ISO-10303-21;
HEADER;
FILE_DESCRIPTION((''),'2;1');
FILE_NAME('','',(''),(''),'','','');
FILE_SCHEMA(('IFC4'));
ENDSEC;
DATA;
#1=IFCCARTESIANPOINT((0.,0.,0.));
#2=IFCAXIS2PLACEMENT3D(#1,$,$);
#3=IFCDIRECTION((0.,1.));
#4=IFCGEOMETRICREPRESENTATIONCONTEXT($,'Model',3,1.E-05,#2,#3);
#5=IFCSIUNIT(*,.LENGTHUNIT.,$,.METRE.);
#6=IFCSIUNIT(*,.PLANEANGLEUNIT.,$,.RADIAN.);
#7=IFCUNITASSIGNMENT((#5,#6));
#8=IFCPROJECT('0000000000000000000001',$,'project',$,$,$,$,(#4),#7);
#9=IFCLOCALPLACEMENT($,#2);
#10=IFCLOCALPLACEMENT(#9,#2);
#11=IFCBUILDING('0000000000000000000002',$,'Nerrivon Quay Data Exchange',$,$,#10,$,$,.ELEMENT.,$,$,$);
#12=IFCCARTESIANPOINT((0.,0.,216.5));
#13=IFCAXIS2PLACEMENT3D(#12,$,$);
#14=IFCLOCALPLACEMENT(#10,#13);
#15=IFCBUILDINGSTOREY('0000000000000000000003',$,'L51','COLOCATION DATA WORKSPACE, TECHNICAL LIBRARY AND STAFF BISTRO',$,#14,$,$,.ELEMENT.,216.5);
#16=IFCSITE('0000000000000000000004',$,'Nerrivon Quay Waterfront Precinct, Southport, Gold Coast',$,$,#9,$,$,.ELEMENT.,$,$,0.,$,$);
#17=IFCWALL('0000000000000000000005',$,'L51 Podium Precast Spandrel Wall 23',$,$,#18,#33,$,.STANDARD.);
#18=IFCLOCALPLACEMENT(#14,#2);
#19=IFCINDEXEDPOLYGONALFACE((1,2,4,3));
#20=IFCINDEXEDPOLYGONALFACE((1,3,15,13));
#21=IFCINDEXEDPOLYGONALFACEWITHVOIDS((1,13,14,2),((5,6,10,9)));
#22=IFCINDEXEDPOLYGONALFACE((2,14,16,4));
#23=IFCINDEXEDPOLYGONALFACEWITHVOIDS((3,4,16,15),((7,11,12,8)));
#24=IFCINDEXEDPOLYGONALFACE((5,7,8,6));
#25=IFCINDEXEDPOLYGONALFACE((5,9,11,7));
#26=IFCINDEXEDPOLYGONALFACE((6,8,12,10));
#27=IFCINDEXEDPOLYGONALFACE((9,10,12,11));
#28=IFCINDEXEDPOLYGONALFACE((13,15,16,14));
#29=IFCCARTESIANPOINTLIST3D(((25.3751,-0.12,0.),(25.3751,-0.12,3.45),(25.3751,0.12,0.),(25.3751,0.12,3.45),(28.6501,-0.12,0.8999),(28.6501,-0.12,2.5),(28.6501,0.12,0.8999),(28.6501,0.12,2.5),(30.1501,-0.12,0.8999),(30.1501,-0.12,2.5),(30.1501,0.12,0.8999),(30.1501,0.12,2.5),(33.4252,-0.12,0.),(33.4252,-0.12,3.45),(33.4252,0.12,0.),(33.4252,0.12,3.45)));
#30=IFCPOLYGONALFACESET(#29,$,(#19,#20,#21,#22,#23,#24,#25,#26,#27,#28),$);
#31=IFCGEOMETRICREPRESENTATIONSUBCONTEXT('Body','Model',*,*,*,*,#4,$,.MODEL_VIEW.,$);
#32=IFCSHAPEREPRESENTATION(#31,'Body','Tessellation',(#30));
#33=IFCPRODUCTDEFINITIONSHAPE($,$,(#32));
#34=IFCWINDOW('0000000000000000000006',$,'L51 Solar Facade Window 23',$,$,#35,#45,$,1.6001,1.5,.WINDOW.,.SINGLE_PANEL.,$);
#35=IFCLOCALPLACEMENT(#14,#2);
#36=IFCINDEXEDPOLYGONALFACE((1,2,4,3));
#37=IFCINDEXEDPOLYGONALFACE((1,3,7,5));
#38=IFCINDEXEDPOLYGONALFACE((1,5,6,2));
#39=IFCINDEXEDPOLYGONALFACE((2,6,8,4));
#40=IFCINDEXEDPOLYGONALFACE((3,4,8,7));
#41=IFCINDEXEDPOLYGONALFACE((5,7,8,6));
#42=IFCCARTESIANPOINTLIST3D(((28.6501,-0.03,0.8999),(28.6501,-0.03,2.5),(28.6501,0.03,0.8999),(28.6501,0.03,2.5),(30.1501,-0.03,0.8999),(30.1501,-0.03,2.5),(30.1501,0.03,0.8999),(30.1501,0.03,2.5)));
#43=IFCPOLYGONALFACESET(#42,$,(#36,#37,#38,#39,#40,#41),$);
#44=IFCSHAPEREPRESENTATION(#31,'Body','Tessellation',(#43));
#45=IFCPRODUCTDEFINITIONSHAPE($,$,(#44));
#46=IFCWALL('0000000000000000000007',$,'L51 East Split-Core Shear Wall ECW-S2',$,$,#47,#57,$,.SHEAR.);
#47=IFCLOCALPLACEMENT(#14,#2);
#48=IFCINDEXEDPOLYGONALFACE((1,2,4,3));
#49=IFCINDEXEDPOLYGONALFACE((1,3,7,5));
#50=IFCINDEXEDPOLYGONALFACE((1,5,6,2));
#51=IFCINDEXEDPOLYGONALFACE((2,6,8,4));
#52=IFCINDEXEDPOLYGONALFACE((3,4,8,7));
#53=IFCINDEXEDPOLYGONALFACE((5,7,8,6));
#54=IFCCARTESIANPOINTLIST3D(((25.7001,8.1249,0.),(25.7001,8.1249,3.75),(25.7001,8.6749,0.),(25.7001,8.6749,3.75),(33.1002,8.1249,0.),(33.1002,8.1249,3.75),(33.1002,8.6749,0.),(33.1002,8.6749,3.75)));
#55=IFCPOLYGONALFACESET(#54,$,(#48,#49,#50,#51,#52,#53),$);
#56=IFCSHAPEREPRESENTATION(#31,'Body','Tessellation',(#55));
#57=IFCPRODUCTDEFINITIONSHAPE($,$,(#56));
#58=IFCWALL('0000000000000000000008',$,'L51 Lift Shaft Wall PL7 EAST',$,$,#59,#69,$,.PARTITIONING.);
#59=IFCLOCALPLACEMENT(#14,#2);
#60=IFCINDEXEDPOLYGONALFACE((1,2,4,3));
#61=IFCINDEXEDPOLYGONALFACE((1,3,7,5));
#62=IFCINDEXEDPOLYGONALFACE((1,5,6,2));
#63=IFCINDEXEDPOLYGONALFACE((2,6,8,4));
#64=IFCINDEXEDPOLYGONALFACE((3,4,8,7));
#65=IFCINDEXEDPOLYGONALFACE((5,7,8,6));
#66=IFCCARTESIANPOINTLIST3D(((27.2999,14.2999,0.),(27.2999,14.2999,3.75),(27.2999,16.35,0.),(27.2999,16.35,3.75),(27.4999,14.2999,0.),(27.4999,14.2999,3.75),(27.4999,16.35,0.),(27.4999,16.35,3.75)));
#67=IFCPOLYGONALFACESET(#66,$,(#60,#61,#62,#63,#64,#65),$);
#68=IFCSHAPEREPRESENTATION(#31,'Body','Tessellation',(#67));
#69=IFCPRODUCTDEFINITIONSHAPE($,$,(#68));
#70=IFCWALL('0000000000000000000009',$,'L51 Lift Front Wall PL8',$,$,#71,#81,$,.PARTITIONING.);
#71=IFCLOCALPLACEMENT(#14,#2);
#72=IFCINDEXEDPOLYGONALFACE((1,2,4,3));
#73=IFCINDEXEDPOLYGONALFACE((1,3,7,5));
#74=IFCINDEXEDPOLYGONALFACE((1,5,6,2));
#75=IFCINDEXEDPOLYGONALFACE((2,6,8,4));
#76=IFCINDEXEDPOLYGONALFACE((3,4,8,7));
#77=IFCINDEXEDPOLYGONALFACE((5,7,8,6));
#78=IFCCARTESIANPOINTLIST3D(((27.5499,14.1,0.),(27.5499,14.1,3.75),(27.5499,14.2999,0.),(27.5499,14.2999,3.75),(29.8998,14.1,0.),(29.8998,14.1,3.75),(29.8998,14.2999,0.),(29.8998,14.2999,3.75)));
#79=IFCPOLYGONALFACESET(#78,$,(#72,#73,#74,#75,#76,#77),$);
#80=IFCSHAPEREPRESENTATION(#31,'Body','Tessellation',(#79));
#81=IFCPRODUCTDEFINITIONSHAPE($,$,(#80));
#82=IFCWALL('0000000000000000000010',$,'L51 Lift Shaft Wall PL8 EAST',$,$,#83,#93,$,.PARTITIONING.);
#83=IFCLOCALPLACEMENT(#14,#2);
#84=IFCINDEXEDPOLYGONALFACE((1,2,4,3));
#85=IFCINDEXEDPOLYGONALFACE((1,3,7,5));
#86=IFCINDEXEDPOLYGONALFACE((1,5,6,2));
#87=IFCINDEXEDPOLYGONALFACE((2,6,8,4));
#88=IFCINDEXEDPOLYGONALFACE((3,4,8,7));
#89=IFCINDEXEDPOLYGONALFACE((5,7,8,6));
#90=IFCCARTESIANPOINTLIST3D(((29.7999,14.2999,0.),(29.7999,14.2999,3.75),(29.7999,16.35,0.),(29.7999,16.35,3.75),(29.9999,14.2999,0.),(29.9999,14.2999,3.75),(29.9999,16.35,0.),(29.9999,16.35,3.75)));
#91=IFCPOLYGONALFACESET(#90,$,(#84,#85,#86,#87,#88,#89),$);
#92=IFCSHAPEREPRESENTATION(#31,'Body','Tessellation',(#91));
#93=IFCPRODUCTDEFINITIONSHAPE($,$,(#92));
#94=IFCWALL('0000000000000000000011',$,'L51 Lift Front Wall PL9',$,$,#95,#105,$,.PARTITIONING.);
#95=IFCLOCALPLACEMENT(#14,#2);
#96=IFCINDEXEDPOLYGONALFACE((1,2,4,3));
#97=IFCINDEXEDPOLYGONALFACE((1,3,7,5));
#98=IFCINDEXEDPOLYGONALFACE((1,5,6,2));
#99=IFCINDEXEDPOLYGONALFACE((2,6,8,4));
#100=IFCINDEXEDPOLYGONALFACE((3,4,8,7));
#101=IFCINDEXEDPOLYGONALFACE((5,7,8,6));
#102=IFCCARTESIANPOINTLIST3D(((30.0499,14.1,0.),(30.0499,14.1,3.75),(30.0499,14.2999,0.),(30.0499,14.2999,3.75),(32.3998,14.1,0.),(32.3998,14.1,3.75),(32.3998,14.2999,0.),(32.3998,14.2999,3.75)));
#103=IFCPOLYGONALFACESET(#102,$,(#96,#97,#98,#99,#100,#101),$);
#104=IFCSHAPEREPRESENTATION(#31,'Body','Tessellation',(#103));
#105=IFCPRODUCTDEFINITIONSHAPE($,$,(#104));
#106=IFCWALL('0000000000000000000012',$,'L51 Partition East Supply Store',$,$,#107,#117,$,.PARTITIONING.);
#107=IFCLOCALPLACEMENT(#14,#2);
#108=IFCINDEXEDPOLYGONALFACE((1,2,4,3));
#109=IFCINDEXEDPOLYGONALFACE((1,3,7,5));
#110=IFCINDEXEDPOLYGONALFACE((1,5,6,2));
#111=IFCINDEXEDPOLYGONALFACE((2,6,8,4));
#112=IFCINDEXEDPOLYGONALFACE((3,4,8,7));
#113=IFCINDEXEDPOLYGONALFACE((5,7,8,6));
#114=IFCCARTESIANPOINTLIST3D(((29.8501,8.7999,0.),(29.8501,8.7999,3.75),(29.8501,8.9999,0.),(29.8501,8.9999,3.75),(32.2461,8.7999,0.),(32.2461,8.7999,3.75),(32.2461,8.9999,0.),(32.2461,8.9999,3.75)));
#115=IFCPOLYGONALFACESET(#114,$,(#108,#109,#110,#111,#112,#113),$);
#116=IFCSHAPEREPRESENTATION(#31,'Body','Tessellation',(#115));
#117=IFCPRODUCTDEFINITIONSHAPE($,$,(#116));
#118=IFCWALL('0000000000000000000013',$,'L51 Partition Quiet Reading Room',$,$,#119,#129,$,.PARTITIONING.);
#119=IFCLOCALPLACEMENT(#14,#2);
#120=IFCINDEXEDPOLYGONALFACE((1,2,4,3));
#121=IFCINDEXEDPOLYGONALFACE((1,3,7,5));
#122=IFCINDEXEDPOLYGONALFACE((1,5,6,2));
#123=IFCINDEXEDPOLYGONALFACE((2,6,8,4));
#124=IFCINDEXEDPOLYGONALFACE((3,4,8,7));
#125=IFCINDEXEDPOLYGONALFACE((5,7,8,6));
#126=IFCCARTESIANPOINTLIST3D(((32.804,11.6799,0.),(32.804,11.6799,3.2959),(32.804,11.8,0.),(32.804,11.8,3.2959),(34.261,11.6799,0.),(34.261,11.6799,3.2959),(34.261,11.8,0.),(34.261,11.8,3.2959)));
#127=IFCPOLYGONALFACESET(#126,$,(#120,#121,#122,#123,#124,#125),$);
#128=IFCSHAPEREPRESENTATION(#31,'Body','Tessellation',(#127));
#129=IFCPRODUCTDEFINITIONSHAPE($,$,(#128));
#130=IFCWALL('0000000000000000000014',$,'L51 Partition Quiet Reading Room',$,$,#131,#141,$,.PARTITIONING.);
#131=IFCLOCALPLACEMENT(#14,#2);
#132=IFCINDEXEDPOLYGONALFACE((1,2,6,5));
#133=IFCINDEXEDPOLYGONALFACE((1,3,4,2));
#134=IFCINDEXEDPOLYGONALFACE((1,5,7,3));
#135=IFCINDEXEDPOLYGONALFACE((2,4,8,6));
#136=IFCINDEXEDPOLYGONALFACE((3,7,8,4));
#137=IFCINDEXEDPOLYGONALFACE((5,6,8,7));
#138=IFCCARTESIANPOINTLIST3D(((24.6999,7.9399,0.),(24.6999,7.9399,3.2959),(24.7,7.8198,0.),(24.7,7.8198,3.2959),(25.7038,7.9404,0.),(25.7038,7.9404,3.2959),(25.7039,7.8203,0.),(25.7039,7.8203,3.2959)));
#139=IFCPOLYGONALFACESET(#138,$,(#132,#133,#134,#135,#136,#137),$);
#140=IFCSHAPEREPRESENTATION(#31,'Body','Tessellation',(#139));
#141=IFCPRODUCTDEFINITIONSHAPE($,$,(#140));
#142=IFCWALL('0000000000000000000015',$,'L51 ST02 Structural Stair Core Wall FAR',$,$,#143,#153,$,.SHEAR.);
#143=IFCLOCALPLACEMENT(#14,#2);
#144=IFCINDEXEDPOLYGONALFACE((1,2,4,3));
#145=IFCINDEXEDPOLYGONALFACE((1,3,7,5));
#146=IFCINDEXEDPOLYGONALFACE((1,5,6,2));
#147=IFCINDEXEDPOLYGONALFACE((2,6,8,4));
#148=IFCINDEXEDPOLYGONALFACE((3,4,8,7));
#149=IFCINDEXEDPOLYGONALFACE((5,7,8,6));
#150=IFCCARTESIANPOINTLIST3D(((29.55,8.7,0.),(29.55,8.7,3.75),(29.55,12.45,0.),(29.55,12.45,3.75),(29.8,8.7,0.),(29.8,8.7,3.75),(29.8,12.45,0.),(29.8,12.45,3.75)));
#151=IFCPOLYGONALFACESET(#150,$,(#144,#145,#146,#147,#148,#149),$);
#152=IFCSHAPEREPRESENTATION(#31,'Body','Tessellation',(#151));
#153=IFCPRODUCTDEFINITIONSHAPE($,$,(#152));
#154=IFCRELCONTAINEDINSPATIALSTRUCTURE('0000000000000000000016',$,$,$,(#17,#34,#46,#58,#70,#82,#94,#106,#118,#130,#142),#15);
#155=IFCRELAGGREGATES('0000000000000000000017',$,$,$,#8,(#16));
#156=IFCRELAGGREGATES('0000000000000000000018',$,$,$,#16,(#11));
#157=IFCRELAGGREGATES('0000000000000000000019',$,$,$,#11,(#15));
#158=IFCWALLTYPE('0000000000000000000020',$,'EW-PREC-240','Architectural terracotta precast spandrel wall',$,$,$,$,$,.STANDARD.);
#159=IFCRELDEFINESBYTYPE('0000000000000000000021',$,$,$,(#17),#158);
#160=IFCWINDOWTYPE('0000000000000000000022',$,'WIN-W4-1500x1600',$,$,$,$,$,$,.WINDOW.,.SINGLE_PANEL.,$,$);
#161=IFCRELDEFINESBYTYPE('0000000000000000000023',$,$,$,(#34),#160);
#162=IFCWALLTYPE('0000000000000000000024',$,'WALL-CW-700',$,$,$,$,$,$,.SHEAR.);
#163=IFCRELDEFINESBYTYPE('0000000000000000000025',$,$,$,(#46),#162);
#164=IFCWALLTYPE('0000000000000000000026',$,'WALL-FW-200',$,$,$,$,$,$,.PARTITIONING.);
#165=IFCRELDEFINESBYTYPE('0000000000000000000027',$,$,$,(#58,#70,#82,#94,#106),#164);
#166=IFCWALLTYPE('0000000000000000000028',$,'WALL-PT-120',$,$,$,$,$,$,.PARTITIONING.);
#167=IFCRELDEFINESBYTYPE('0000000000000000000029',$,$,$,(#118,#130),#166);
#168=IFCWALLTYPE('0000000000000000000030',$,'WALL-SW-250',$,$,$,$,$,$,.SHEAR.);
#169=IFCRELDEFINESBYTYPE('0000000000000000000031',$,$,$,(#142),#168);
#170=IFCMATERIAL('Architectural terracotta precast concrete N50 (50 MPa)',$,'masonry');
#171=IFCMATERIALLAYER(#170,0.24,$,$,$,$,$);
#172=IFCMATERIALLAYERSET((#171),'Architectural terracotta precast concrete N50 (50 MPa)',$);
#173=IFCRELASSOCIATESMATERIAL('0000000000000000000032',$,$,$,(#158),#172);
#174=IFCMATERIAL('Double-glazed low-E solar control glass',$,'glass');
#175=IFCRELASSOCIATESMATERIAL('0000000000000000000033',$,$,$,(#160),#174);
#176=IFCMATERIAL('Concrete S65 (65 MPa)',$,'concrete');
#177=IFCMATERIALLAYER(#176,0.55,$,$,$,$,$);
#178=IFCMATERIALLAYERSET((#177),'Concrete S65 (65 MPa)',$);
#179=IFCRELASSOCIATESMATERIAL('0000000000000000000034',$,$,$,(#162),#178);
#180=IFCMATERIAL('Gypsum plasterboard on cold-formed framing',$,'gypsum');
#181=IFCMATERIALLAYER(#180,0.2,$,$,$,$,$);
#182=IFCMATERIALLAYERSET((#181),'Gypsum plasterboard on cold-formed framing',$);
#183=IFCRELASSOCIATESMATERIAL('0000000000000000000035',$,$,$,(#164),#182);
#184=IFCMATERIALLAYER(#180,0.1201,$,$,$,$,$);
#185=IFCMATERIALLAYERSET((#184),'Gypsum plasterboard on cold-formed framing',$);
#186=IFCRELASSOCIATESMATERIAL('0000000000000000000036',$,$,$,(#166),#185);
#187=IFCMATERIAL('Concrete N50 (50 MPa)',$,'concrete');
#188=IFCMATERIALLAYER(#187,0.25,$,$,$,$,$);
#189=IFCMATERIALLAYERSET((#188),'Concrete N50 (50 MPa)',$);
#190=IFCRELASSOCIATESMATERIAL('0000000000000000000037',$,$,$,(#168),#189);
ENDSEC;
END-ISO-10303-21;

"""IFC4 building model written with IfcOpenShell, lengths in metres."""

from ifc_helpers import new_model, si_unit, direction, frame, frame_2d, origin, place, context, subcontext, project, spatial, rectangle, extrude, material, layer, layer_set, type_object, element, fill, save


model = new_model("IFC4")

# Units and contexts
model_context = context("Model", 3, precision=1e-05, world=origin(), true_north=direction((0.0, 1.0)))
body_context = subcontext(model_context, "Body", "Model", "MODEL_VIEW")
ifc_project = project(units=[si_unit("LENGTHUNIT", "METRE"), si_unit("PLANEANGLEUNIT", "RADIAN")], contexts=[model_context])

# Site, building, storey
site_placement = place(None, origin())
site = spatial("IfcSite", under=ifc_project, at=site_placement, Name="Nerrivon Quay Waterfront Precinct, Southport, Gold Coast", CompositionType="ELEMENT", RefElevation=0.0)
building_placement = place(site_placement, origin())
building = spatial("IfcBuilding", under=site, at=building_placement, Name="Nerrivon Quay Data Exchange", CompositionType="ELEMENT")
storey_placement = place(building_placement, frame((0.0, 0.0, 216.5)))
storey = spatial("IfcBuildingStorey", under=building, at=storey_placement, Name="L51", Description="COLOCATION DATA WORKSPACE, TECHNICAL LIBRARY AND STAFF BISTRO", CompositionType="ELEMENT", Elevation=216.5)

# Shared definitions
ifc_material_1 = material(Name="Concrete S65 (65 MPa)", Category="concrete")

# Wall, opening, window
ifc_material_2 = material(Name="Architectural terracotta precast concrete N50 (50 MPa)", Category="masonry")
ifc_layer_1 = layer(ifc_material_2, 0.24)
ifc_layer_set_1 = layer_set([ifc_layer_1], Name="Architectural terracotta precast concrete N50 (50 MPa)")
wall_type_1 = type_object("IfcWallType", Name="EW-PREC-240", Description="Architectural terracotta precast spandrel wall", PredefinedType="STANDARD", material=ifc_layer_set_1)
wall_1_placement = place(storey_placement, frame((33.425, 0.0, 0.0), z_axis=(0.0, 0.0, 1.0), x_axis=(-1.0, 0.0, 0.0)))
wall_1 = element("IfcWall", 1, at=wall_1_placement, inside=storey, type_object=wall_type_1, Name="L51 Podium Precast Spandrel Wall 23", PredefinedType="STANDARD", context=body_context, shape_type="SweptSolid", body=[
    extrude(rectangle(XDim=8.05, YDim=0.24, at=frame_2d((4.0249, 0.0))), origin(), (0.0, 0.0, 1.0), 3.45),
])
opening_1_placement = place(wall_1_placement, frame((3.2749, 0.0, 0.8999)))
opening_1 = element("IfcOpeningElement", 2, at=opening_1_placement, cuts=wall_1, PredefinedType="OPENING", context=body_context, shape_type="SweptSolid", body=[
    extrude(rectangle(XDim=1.5, YDim=1.6001, at=frame_2d((0.75, 0.8))), frame((0.0, 0.1299, 0.0), z_axis=(0.0, -1.0, 0.0), x_axis=(1.0, 0.0, 0.0)), (0.0, 0.0, 1.0), 0.26),
])
ifc_material_3 = material(Name="Double-glazed low-E solar control glass", Category="glass")
window_type = type_object("IfcWindowType", Name="WIN-W4-1500x1600", PartitioningType="SINGLE_PANEL", PredefinedType="WINDOW", material=ifc_material_3)
window_placement = place(opening_1_placement, origin())
window = element("IfcWindow", 3, at=window_placement, inside=storey, type_object=window_type, Name="L51 Solar Facade Window 23", OverallHeight=1.6001, OverallWidth=1.5, PartitioningType="SINGLE_PANEL", PredefinedType="WINDOW", context=body_context, shape_type="SweptSolid", body=[
    extrude(rectangle(XDim=1.5, YDim=1.6001, at=frame_2d((0.75, 0.8))), frame((0.0, 0.03, 0.0), z_axis=(0.0, -1.0, 0.0), x_axis=(1.0, 0.0, 0.0)), (0.0, 0.0, 1.0), 0.0601),
])
fill(opening_1, window)

# Wall
ifc_layer_2 = layer(ifc_material_1, 0.55)
ifc_layer_set_2 = layer_set([ifc_layer_2], Name="Concrete S65 (65 MPa)")
wall_type_2 = type_object("IfcWallType", Name="WALL-CW-700", PredefinedType="SHEAR", material=ifc_layer_set_2)
wall_2_placement = place(storey_placement, frame((25.7, 8.3999, 0.0), z_axis=(0.0, 0.0, 1.0), x_axis=(1.0, 0.0, 0.0)))
element("IfcWall", 4, at=wall_2_placement, inside=storey, type_object=wall_type_2, Name="L51 East Split-Core Shear Wall ECW-S2", PredefinedType="SHEAR", context=body_context, shape_type="SweptSolid", body=[
    extrude(rectangle(XDim=7.4001, YDim=0.55, at=frame_2d((3.7002, 0.0))), origin(), (0.0, 0.0, 1.0), 3.75),
])

# Walls
ifc_material_4 = material(Name="Gypsum plasterboard on cold-formed framing", Category="gypsum")
ifc_layer_3 = layer(ifc_material_4, 0.2)
ifc_layer_set_3 = layer_set([ifc_layer_3], Name="Gypsum plasterboard on cold-formed framing")
wall_type_3 = type_object("IfcWallType", Name="WALL-FW-200", PredefinedType="PARTITIONING", material=ifc_layer_set_3)
wall_3_placement = place(storey_placement, frame((27.3999, 14.3, 0.0), z_axis=(0.0, 0.0, 1.0), x_axis=(0.0, 1.0, 0.0)))
element("IfcWall", 5, at=wall_3_placement, inside=storey, type_object=wall_type_3, Name="L51 Lift Shaft Wall PL7 EAST", PredefinedType="PARTITIONING", context=body_context, shape_type="SweptSolid", body=[
    extrude(rectangle(XDim=2.05, YDim=0.2, at=frame_2d((1.0249, 0.0))), origin(), (0.0, 0.0, 1.0), 3.75),
])
wall_4_placement = place(storey_placement, frame((27.55, 14.2, 0.0), z_axis=(0.0, 0.0, 1.0), x_axis=(1.0, 0.0, 0.0)))
element("IfcWall", 6, at=wall_4_placement, inside=storey, type_object=wall_type_3, Name="L51 Lift Front Wall PL8", PredefinedType="PARTITIONING", context=body_context, shape_type="SweptSolid", body=[
    extrude(rectangle(XDim=2.3499, YDim=0.2, at=frame_2d((1.1748, 0.0))), origin(), (0.0, 0.0, 1.0), 3.75),
])
wall_5_placement = place(storey_placement, frame((29.8999, 14.3, 0.0), z_axis=(0.0, 0.0, 1.0), x_axis=(0.0, 1.0, 0.0)))
element("IfcWall", 7, at=wall_5_placement, inside=storey, type_object=wall_type_3, Name="L51 Lift Shaft Wall PL8 EAST", PredefinedType="PARTITIONING", context=body_context, shape_type="SweptSolid", body=[
    extrude(rectangle(XDim=2.05, YDim=0.2, at=frame_2d((1.0249, 0.0))), origin(), (0.0, 0.0, 1.0), 3.75),
])
wall_6_placement = place(storey_placement, frame((30.05, 14.2, 0.0), z_axis=(0.0, 0.0, 1.0), x_axis=(1.0, 0.0, 0.0)))
element("IfcWall", 8, at=wall_6_placement, inside=storey, type_object=wall_type_3, Name="L51 Lift Front Wall PL9", PredefinedType="PARTITIONING", context=body_context, shape_type="SweptSolid", body=[
    extrude(rectangle(XDim=2.3499, YDim=0.2, at=frame_2d((1.1748, 0.0))), origin(), (0.0, 0.0, 1.0), 3.75),
])

# Walls
wall_7_placement = place(storey_placement, frame((29.8501, 8.8999, 0.0), z_axis=(0.0, 0.0, 1.0), x_axis=(1.0, 0.0, 0.0)))
element("IfcWall", 9, at=wall_7_placement, inside=storey, type_object=wall_type_3, Name="L51 Partition East Supply Store", PredefinedType="PARTITIONING", context=body_context, shape_type="SweptSolid", body=[
    extrude(rectangle(XDim=2.396, YDim=0.2, at=frame_2d((1.198, 0.0))), origin(), (0.0, 0.0, 1.0), 3.75),
])
ifc_layer_4 = layer(ifc_material_4, 0.1201)
ifc_layer_set_4 = layer_set([ifc_layer_4], Name="Gypsum plasterboard on cold-formed framing")
wall_type_4 = type_object("IfcWallType", Name="WALL-PT-120", PredefinedType="PARTITIONING", material=ifc_layer_set_4)
wall_8_placement = place(storey_placement, frame((34.261, 11.74, 0.0), z_axis=(0.0, 0.0, 1.0), x_axis=(-1.0, 0.0, 0.0)))
element("IfcWall", 10, at=wall_8_placement, inside=storey, type_object=wall_type_4, Name="L51 Partition Quiet Reading Room", PredefinedType="PARTITIONING", context=body_context, shape_type="SweptSolid", body=[
    extrude(rectangle(XDim=1.457, YDim=0.1201, at=frame_2d((0.7285, 0.0))), origin(), (0.0, 0.0, 1.0), 3.2959),
])
wall_9_placement = place(storey_placement, frame((25.7039, 7.8804, 0.0), z_axis=(0.0, 0.0, 1.0), x_axis=(-1.0, -0.000486, 0.0)))
element("IfcWall", 11, at=wall_9_placement, inside=storey, type_object=wall_type_4, Name="L51 Partition Quiet Reading Room", PredefinedType="PARTITIONING", context=body_context, shape_type="SweptSolid", body=[
    extrude(rectangle(XDim=1.0039, YDim=0.1201, at=frame_2d((0.502, 0.0))), origin(), (0.0, 0.0, 1.0), 3.2959),
])
ifc_material_5 = material(Name="Concrete N50 (50 MPa)", Category="concrete")
ifc_layer_5 = layer(ifc_material_5, 0.25)
ifc_layer_set_5 = layer_set([ifc_layer_5], Name="Concrete N50 (50 MPa)")
wall_type_5 = type_object("IfcWallType", Name="WALL-SW-250", PredefinedType="SHEAR", material=ifc_layer_set_5)
wall_10_placement = place(storey_placement, frame((29.675, 8.7, 0.0), z_axis=(0.0, 0.0, 1.0), x_axis=(0.0, 1.0, 0.0)))
element("IfcWall", 12, at=wall_10_placement, inside=storey, type_object=wall_type_5, Name="L51 ST02 Structural Stair Core Wall FAR", PredefinedType="SHEAR", context=body_context, shape_type="SweptSolid", body=[
    extrude(rectangle(XDim=3.75, YDim=0.25, at=frame_2d((1.875, 0.0))), origin(), (0.0, 0.0, 1.0), 3.75),
])

save(model, "model.ifc")
